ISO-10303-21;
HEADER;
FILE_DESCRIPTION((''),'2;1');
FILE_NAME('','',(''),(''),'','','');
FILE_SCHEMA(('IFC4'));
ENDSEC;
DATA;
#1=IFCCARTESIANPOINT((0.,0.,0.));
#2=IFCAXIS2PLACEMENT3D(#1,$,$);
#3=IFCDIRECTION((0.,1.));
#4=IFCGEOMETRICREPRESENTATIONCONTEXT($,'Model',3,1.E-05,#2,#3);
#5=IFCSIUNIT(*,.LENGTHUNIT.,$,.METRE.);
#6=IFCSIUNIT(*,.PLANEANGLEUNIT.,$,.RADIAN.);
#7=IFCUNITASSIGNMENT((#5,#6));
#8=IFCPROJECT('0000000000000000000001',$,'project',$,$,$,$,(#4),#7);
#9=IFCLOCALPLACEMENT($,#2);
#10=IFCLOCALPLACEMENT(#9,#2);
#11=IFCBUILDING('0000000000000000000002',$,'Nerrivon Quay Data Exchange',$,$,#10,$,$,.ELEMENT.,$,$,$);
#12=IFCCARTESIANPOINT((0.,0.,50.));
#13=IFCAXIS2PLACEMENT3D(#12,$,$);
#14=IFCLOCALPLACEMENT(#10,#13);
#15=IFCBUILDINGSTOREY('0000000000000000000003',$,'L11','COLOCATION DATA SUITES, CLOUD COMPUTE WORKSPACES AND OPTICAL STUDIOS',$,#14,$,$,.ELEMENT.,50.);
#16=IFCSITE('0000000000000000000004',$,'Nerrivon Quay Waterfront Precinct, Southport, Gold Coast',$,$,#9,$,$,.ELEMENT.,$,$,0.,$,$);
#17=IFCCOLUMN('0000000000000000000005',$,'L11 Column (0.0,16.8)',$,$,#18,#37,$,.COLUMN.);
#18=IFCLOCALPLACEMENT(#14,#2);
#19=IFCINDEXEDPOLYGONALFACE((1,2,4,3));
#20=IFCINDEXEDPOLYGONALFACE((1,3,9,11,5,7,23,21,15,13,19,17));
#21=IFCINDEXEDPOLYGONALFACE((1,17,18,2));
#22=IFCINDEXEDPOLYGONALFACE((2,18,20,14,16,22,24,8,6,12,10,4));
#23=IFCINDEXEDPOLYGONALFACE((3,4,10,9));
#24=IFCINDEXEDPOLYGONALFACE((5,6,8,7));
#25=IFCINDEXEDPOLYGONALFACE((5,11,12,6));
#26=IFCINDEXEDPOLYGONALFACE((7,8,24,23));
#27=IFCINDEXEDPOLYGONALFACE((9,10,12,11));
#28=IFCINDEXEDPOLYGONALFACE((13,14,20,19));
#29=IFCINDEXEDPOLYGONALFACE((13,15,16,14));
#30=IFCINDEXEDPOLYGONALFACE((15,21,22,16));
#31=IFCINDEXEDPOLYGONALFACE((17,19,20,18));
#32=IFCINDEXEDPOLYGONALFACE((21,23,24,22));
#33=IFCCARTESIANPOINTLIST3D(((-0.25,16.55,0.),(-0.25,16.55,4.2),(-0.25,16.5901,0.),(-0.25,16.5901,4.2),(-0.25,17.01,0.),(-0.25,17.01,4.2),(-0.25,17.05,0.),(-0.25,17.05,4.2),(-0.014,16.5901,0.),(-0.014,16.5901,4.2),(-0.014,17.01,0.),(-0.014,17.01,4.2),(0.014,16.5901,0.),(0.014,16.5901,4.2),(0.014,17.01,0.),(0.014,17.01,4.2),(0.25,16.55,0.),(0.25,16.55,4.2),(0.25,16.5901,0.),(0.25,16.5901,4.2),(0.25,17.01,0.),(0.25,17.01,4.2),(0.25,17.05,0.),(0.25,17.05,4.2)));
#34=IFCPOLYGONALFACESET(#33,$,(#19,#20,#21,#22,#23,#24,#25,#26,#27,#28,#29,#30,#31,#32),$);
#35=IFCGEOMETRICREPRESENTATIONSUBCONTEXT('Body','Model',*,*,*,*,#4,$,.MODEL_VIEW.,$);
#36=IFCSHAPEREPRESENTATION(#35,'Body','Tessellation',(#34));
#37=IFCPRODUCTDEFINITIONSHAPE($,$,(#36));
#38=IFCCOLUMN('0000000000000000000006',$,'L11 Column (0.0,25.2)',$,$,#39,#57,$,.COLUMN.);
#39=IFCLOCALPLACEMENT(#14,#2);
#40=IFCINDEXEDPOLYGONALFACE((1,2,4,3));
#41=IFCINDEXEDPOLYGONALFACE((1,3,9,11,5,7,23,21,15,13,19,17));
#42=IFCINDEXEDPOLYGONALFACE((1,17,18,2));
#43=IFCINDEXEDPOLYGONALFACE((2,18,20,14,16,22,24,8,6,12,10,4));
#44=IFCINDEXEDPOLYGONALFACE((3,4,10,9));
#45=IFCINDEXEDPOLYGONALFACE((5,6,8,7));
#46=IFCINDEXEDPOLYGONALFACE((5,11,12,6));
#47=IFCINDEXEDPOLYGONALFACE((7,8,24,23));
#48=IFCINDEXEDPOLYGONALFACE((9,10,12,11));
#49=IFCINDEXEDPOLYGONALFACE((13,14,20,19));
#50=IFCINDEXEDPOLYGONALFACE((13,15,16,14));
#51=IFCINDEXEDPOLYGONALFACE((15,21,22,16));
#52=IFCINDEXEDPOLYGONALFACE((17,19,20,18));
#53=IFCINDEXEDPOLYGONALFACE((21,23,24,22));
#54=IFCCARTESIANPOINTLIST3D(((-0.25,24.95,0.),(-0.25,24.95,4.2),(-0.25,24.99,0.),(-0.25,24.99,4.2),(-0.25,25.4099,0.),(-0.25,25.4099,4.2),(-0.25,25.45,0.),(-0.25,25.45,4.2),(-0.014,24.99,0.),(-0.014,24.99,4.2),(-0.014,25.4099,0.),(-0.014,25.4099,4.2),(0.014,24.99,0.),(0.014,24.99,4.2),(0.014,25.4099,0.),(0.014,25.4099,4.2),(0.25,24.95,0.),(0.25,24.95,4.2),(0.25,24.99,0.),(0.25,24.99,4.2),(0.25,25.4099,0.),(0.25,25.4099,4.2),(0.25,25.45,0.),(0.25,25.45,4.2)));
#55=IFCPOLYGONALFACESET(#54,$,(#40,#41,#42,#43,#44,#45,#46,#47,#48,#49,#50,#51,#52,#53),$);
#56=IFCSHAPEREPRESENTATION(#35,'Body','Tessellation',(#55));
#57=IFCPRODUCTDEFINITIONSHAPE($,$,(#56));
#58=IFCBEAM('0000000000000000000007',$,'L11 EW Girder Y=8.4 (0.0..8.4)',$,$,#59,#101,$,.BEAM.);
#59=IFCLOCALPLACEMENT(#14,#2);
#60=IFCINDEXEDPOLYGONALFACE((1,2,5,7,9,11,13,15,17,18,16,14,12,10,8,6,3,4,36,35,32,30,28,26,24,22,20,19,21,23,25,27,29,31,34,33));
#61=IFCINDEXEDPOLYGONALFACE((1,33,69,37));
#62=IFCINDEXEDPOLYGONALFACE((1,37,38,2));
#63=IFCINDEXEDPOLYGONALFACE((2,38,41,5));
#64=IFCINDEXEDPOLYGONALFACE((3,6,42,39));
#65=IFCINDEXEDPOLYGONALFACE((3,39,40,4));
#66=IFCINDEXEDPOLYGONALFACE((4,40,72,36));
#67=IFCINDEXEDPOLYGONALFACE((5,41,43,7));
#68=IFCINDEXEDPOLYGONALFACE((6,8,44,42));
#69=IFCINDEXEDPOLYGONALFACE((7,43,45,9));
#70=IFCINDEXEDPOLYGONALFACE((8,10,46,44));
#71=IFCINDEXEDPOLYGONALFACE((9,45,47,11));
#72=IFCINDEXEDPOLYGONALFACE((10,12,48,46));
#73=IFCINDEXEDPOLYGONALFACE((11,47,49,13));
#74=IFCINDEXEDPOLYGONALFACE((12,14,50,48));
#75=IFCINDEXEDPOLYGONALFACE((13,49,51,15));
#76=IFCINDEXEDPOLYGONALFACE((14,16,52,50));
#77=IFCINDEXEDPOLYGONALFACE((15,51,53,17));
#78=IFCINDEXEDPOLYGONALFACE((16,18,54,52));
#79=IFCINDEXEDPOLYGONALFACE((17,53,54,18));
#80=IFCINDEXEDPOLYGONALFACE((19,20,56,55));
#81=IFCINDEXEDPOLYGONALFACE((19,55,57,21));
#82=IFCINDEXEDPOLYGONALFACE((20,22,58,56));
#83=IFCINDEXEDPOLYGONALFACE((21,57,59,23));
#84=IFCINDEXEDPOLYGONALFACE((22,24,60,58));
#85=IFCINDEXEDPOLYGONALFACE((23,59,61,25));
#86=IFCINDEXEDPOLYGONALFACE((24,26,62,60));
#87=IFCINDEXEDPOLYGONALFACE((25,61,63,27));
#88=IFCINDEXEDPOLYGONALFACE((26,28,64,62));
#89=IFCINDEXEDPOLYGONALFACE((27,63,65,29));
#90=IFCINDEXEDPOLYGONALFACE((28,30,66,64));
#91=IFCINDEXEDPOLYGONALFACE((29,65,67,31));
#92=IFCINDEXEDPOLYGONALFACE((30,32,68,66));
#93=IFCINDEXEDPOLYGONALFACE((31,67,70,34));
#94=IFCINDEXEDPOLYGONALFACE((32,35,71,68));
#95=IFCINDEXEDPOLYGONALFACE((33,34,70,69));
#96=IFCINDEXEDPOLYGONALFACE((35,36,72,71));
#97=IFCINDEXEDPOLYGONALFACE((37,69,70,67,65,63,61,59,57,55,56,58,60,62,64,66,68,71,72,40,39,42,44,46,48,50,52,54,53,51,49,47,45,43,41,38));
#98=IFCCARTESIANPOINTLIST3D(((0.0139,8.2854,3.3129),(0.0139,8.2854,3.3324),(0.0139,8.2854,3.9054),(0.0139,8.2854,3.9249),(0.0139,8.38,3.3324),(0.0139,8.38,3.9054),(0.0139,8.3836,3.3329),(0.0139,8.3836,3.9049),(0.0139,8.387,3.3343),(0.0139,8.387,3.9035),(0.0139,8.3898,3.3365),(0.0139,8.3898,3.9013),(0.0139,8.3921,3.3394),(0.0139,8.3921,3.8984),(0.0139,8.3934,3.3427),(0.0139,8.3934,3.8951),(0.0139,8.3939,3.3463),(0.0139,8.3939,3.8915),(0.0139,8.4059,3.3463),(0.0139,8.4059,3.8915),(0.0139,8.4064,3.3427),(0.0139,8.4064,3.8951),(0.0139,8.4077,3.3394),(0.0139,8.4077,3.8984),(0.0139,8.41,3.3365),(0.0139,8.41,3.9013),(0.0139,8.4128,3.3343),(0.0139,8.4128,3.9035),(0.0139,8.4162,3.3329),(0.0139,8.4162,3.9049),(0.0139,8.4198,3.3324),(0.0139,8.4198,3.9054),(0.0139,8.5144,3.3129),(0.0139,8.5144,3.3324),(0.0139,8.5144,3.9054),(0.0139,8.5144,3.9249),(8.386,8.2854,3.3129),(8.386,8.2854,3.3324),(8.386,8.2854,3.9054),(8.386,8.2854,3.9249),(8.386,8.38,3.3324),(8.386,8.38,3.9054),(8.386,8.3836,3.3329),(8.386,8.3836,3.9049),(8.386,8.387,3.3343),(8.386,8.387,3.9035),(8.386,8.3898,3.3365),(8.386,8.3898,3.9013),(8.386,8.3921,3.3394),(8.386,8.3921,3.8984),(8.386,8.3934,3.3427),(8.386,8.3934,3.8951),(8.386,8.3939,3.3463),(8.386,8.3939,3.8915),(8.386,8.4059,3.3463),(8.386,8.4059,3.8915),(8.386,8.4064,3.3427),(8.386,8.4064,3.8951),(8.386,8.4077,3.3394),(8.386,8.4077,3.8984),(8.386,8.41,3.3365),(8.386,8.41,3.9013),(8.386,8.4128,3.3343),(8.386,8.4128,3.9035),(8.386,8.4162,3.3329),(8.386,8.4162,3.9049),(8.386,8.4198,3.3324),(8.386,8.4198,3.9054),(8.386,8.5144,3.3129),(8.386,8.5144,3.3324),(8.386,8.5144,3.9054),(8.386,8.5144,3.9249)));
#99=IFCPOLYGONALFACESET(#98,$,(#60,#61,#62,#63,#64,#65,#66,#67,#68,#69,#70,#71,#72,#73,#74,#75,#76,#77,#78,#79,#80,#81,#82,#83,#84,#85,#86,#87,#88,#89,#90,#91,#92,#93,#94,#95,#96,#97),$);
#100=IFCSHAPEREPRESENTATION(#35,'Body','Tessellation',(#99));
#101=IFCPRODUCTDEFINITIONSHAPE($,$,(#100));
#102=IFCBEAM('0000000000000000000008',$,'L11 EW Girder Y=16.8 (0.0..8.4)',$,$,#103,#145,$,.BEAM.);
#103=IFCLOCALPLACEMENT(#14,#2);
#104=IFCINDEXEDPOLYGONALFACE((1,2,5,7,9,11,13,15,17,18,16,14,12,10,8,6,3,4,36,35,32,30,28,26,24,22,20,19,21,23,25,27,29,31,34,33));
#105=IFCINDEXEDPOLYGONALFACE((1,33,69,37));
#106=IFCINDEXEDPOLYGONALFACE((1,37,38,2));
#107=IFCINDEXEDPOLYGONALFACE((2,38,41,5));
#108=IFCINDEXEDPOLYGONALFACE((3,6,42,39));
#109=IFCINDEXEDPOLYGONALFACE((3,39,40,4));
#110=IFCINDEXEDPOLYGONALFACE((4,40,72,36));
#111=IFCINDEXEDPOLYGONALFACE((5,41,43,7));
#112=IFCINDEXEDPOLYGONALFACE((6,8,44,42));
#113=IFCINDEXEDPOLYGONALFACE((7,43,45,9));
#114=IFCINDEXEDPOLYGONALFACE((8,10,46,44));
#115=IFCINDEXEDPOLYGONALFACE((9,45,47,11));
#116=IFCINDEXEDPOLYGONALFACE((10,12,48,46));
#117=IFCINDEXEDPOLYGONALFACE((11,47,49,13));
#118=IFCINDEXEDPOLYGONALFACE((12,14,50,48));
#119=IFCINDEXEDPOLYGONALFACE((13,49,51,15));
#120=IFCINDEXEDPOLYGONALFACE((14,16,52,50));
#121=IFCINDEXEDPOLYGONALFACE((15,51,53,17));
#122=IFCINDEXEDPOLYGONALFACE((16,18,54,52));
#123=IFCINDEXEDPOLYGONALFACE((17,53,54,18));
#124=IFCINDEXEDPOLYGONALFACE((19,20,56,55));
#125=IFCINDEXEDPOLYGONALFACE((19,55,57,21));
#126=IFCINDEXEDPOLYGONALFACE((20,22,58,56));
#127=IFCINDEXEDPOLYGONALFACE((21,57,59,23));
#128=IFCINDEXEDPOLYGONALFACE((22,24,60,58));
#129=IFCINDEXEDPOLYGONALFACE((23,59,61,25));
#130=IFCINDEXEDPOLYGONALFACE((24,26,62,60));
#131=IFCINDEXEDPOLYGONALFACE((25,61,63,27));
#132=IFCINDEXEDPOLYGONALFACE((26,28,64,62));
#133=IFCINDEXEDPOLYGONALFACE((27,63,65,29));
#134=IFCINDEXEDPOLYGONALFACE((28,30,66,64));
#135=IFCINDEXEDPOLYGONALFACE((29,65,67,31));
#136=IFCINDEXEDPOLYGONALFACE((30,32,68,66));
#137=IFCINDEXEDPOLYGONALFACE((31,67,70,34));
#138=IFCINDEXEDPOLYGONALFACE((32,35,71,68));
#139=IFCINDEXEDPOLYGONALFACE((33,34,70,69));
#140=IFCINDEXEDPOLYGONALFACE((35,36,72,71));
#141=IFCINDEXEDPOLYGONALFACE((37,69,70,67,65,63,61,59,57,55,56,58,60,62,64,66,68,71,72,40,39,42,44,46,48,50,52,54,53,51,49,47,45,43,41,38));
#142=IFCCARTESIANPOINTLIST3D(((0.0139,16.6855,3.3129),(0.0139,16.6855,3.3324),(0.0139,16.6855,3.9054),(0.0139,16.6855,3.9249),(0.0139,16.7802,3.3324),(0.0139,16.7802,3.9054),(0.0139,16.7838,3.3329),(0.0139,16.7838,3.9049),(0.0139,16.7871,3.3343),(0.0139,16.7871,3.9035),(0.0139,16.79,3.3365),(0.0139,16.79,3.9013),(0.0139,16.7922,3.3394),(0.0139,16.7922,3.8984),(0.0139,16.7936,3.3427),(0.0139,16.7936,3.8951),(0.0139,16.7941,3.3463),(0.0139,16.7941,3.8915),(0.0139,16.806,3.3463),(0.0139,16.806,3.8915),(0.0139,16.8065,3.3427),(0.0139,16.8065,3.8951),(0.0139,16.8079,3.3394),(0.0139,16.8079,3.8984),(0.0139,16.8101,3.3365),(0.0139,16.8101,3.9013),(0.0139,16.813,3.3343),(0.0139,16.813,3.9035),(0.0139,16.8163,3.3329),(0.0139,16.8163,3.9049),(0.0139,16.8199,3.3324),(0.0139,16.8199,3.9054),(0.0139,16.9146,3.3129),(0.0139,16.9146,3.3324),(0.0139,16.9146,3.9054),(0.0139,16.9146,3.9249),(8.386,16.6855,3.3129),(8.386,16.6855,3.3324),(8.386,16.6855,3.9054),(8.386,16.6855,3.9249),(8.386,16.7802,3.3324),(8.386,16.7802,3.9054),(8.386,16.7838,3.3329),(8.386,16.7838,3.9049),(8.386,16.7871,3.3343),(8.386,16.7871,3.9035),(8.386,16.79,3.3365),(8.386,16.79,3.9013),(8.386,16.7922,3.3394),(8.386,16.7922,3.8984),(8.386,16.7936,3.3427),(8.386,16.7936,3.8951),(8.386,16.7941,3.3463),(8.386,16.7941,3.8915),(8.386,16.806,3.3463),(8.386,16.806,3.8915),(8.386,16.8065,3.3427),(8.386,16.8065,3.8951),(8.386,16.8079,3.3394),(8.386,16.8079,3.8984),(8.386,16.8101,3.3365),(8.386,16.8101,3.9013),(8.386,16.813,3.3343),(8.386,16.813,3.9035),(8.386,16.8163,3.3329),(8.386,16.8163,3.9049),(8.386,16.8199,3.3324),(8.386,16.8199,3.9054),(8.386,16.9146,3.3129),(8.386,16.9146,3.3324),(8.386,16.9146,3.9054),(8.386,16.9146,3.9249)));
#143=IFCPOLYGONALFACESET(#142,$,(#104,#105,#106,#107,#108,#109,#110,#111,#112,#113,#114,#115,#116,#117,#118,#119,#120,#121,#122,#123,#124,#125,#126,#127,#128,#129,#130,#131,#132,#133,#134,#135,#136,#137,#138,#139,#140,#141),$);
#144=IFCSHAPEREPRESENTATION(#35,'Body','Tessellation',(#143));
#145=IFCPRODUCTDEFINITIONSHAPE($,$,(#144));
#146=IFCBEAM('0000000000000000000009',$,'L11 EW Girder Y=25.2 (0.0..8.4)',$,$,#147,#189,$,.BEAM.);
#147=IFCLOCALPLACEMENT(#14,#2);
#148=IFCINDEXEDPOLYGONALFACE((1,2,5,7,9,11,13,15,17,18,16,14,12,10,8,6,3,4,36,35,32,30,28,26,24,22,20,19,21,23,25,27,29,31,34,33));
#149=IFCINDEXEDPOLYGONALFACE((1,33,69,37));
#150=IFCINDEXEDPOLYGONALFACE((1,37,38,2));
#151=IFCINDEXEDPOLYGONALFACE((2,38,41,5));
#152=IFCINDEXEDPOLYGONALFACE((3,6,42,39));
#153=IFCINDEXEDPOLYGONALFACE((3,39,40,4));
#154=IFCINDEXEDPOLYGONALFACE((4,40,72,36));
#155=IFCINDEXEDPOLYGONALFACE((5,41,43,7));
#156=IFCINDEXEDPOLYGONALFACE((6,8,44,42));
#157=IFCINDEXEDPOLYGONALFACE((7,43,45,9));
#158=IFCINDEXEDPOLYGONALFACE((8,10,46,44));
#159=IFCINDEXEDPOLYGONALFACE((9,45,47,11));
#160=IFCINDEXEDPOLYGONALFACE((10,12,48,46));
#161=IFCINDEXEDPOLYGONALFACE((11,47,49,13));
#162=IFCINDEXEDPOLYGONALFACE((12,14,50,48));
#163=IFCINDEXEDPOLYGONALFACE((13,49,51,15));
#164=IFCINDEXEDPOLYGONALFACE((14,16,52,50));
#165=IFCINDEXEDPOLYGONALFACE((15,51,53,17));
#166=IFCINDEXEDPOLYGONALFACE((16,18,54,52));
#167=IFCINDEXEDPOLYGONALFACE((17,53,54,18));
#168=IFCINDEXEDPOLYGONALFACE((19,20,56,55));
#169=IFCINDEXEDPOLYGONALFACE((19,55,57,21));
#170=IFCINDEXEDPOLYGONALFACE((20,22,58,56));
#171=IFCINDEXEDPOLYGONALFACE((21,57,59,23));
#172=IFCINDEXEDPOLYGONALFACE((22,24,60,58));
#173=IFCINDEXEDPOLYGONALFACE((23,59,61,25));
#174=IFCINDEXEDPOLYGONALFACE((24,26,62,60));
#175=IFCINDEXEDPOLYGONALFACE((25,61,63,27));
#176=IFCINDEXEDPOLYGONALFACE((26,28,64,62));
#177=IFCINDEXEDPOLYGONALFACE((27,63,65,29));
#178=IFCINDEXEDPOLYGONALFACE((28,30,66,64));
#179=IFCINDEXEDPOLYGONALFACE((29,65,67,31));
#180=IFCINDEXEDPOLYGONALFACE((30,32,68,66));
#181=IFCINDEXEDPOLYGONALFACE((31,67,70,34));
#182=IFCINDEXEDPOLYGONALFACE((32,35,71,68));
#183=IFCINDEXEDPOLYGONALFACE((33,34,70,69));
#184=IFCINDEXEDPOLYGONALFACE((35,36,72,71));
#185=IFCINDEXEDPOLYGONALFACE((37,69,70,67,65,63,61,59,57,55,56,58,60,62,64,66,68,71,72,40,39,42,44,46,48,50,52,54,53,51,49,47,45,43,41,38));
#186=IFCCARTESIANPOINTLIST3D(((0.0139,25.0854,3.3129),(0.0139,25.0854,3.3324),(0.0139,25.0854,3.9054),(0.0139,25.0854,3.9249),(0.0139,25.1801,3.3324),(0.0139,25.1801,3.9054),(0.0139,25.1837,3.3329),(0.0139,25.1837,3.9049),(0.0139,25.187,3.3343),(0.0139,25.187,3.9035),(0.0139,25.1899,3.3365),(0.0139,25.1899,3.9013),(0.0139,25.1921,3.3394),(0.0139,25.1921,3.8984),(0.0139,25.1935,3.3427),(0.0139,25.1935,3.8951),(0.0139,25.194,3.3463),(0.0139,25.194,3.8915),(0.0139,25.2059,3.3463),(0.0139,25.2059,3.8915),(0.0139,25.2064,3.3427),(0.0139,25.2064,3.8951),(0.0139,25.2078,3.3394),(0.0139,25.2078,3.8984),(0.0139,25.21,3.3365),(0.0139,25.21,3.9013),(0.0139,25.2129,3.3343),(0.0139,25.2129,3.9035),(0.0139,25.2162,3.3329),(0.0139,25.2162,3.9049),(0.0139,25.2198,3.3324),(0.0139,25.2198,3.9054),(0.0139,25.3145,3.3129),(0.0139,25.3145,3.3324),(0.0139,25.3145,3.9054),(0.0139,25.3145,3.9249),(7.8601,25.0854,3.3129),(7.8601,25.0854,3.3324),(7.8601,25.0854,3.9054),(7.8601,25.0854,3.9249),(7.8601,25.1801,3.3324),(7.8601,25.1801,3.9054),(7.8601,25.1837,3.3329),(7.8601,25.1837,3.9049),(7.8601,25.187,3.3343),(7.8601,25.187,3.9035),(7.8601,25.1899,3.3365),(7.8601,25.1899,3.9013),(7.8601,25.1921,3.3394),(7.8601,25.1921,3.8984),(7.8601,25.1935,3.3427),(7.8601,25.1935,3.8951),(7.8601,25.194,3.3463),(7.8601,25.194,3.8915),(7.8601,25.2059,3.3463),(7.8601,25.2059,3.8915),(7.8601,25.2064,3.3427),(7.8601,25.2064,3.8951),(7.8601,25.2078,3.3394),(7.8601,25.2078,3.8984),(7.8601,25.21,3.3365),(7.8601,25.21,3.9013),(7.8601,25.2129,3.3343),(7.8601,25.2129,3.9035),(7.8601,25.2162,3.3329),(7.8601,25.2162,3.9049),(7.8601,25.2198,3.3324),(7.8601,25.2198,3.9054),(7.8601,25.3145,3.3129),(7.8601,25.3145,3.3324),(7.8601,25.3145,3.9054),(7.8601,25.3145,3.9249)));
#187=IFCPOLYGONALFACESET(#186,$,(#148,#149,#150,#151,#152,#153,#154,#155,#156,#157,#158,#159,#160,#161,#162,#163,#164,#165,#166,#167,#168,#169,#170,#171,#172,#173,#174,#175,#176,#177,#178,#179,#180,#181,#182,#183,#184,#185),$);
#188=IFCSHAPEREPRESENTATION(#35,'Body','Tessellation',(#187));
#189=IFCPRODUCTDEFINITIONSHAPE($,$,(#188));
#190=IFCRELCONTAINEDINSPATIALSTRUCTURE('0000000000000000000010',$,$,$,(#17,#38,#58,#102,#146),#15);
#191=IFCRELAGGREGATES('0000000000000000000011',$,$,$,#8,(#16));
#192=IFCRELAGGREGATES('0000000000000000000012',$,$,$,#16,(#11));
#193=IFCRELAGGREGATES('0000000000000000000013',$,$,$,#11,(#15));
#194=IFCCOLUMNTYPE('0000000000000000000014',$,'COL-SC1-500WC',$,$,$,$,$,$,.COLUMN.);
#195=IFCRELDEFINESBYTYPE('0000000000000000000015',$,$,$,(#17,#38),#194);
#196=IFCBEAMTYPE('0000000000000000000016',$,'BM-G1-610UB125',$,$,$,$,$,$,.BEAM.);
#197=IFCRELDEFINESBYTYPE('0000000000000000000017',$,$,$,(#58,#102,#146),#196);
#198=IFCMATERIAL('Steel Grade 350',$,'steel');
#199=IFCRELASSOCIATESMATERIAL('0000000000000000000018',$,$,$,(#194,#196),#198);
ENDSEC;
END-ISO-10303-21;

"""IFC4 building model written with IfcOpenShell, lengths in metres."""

from ifc_helpers import new_model, si_unit, direction, frame, origin, origin_2d, place, context, subcontext, project, spatial, i_section, extrude, material, material_profile, profile_set, type_object, element, save


model = new_model("IFC4")

# Units and contexts
model_context = context("Model", 3, precision=1e-05, world=origin(), true_north=direction((0.0, 1.0)))
body_context = subcontext(model_context, "Body", "Model", "MODEL_VIEW")
ifc_project = project(units=[si_unit("LENGTHUNIT", "METRE"), si_unit("PLANEANGLEUNIT", "RADIAN")], contexts=[model_context])

# Site, building, storey
site_placement = place(None, origin())
site = spatial("IfcSite", under=ifc_project, at=site_placement, Name="Nerrivon Quay Waterfront Precinct, Southport, Gold Coast", CompositionType="ELEMENT", RefElevation=0.0)
building_placement = place(site_placement, origin())
building = spatial("IfcBuilding", under=site, at=building_placement, Name="Nerrivon Quay Data Exchange", CompositionType="ELEMENT")
storey_placement = place(building_placement, frame((0.0, 0.0, 50.0)))
storey = spatial("IfcBuildingStorey", under=building, at=storey_placement, Name="L11", Description="COLOCATION DATA SUITES, CLOUD COMPUTE WORKSPACES AND OPTICAL STUDIOS", CompositionType="ELEMENT", Elevation=50.0)

# Columns
ifc_material_1 = material(Name="Steel Grade 350", Category="steel")
ifc_material_profile_1 = material_profile(ifc_material_1, i_section(OverallWidth=0.5, OverallDepth=0.5, WebThickness=0.0281, FlangeThickness=0.04, at=origin_2d()), Name="500WC440")
ifc_profile_set_1 = profile_set([ifc_material_profile_1], Name="Steel Grade 350")
column_type = type_object("IfcColumnType", Name="COL-SC1-500WC", PredefinedType="COLUMN", material=ifc_profile_set_1)
for number, where, z_axis, x_axis, name in (
    (1, (0.0, 16.8, 0.0), (0.0, 0.0, 1.0), (1.0, 0.0, 0.0), "L11 Column (0.0,16.8)"),
    (2, (0.0, 25.2, 0.0), (0.0, 0.0, 1.0), (1.0, 0.0, 0.0), "L11 Column (0.0,25.2)"),
):
    element("IfcColumn", number, at=place(storey_placement, frame(where, z_axis=z_axis, x_axis=x_axis)), inside=storey, type_object=column_type, Name=name, PredefinedType="COLUMN", context=body_context, shape_type="SweptSolid", body=[
        extrude(i_section(OverallWidth=0.5, OverallDepth=0.5, WebThickness=0.0281, FlangeThickness=0.04, at=origin_2d()), origin(), (0.0, 0.0, 1.0), 4.2),
    ])

# Beams
ifc_material_profile_2 = material_profile(ifc_material_1, i_section(OverallWidth=0.229, OverallDepth=0.6121, WebThickness=0.012, FlangeThickness=0.0195, FilletRadius=0.0139, at=origin_2d()), Name="610UB125")
ifc_profile_set_2 = profile_set([ifc_material_profile_2], Name="Steel Grade 350")
beam_type_1 = type_object("IfcBeamType", Name="BM-G1-610UB125", PredefinedType="BEAM", material=ifc_profile_set_2)
for number, where, z_axis, x_axis, name in (
    (3, (0.0139, 8.3999, 3.6189), (1.0, 0.0, 0.0), (0.0, 1.0, 0.0), "L11 EW Girder Y=8.4 (0.0..8.4)"),
    (4, (0.0139, 16.8, 3.6189), (1.0, 0.0, 0.0), (0.0, 1.0, 0.0), "L11 EW Girder Y=16.8 (0.0..8.4)"),
):
    element("IfcBeam", number, at=place(storey_placement, frame(where, z_axis=z_axis, x_axis=x_axis)), inside=storey, type_object=beam_type_1, Name=name, PredefinedType="BEAM", context=body_context, shape_type="SweptSolid", body=[
        extrude(i_section(OverallWidth=0.229, OverallDepth=0.6121, WebThickness=0.012, FlangeThickness=0.0195, FilletRadius=0.0139, at=origin_2d()), origin(), (0.0, 0.0, 1.0), 8.3721),
    ])
beam_1_placement = place(storey_placement, frame((0.0139, 25.2, 3.6189), z_axis=(1.0, 0.0, 0.0), x_axis=(0.0, 1.0, 0.0)))
element("IfcBeam", 5, at=beam_1_placement, inside=storey, type_object=beam_type_1, Name="L11 EW Girder Y=25.2 (0.0..8.4)", PredefinedType="BEAM", context=body_context, shape_type="SweptSolid", body=[
    extrude(i_section(OverallWidth=0.229, OverallDepth=0.6121, WebThickness=0.012, FlangeThickness=0.0195, FilletRadius=0.0139, at=origin_2d()), origin(), (0.0, 0.0, 1.0), 7.8462),
])

save(model, "model.ifc")
